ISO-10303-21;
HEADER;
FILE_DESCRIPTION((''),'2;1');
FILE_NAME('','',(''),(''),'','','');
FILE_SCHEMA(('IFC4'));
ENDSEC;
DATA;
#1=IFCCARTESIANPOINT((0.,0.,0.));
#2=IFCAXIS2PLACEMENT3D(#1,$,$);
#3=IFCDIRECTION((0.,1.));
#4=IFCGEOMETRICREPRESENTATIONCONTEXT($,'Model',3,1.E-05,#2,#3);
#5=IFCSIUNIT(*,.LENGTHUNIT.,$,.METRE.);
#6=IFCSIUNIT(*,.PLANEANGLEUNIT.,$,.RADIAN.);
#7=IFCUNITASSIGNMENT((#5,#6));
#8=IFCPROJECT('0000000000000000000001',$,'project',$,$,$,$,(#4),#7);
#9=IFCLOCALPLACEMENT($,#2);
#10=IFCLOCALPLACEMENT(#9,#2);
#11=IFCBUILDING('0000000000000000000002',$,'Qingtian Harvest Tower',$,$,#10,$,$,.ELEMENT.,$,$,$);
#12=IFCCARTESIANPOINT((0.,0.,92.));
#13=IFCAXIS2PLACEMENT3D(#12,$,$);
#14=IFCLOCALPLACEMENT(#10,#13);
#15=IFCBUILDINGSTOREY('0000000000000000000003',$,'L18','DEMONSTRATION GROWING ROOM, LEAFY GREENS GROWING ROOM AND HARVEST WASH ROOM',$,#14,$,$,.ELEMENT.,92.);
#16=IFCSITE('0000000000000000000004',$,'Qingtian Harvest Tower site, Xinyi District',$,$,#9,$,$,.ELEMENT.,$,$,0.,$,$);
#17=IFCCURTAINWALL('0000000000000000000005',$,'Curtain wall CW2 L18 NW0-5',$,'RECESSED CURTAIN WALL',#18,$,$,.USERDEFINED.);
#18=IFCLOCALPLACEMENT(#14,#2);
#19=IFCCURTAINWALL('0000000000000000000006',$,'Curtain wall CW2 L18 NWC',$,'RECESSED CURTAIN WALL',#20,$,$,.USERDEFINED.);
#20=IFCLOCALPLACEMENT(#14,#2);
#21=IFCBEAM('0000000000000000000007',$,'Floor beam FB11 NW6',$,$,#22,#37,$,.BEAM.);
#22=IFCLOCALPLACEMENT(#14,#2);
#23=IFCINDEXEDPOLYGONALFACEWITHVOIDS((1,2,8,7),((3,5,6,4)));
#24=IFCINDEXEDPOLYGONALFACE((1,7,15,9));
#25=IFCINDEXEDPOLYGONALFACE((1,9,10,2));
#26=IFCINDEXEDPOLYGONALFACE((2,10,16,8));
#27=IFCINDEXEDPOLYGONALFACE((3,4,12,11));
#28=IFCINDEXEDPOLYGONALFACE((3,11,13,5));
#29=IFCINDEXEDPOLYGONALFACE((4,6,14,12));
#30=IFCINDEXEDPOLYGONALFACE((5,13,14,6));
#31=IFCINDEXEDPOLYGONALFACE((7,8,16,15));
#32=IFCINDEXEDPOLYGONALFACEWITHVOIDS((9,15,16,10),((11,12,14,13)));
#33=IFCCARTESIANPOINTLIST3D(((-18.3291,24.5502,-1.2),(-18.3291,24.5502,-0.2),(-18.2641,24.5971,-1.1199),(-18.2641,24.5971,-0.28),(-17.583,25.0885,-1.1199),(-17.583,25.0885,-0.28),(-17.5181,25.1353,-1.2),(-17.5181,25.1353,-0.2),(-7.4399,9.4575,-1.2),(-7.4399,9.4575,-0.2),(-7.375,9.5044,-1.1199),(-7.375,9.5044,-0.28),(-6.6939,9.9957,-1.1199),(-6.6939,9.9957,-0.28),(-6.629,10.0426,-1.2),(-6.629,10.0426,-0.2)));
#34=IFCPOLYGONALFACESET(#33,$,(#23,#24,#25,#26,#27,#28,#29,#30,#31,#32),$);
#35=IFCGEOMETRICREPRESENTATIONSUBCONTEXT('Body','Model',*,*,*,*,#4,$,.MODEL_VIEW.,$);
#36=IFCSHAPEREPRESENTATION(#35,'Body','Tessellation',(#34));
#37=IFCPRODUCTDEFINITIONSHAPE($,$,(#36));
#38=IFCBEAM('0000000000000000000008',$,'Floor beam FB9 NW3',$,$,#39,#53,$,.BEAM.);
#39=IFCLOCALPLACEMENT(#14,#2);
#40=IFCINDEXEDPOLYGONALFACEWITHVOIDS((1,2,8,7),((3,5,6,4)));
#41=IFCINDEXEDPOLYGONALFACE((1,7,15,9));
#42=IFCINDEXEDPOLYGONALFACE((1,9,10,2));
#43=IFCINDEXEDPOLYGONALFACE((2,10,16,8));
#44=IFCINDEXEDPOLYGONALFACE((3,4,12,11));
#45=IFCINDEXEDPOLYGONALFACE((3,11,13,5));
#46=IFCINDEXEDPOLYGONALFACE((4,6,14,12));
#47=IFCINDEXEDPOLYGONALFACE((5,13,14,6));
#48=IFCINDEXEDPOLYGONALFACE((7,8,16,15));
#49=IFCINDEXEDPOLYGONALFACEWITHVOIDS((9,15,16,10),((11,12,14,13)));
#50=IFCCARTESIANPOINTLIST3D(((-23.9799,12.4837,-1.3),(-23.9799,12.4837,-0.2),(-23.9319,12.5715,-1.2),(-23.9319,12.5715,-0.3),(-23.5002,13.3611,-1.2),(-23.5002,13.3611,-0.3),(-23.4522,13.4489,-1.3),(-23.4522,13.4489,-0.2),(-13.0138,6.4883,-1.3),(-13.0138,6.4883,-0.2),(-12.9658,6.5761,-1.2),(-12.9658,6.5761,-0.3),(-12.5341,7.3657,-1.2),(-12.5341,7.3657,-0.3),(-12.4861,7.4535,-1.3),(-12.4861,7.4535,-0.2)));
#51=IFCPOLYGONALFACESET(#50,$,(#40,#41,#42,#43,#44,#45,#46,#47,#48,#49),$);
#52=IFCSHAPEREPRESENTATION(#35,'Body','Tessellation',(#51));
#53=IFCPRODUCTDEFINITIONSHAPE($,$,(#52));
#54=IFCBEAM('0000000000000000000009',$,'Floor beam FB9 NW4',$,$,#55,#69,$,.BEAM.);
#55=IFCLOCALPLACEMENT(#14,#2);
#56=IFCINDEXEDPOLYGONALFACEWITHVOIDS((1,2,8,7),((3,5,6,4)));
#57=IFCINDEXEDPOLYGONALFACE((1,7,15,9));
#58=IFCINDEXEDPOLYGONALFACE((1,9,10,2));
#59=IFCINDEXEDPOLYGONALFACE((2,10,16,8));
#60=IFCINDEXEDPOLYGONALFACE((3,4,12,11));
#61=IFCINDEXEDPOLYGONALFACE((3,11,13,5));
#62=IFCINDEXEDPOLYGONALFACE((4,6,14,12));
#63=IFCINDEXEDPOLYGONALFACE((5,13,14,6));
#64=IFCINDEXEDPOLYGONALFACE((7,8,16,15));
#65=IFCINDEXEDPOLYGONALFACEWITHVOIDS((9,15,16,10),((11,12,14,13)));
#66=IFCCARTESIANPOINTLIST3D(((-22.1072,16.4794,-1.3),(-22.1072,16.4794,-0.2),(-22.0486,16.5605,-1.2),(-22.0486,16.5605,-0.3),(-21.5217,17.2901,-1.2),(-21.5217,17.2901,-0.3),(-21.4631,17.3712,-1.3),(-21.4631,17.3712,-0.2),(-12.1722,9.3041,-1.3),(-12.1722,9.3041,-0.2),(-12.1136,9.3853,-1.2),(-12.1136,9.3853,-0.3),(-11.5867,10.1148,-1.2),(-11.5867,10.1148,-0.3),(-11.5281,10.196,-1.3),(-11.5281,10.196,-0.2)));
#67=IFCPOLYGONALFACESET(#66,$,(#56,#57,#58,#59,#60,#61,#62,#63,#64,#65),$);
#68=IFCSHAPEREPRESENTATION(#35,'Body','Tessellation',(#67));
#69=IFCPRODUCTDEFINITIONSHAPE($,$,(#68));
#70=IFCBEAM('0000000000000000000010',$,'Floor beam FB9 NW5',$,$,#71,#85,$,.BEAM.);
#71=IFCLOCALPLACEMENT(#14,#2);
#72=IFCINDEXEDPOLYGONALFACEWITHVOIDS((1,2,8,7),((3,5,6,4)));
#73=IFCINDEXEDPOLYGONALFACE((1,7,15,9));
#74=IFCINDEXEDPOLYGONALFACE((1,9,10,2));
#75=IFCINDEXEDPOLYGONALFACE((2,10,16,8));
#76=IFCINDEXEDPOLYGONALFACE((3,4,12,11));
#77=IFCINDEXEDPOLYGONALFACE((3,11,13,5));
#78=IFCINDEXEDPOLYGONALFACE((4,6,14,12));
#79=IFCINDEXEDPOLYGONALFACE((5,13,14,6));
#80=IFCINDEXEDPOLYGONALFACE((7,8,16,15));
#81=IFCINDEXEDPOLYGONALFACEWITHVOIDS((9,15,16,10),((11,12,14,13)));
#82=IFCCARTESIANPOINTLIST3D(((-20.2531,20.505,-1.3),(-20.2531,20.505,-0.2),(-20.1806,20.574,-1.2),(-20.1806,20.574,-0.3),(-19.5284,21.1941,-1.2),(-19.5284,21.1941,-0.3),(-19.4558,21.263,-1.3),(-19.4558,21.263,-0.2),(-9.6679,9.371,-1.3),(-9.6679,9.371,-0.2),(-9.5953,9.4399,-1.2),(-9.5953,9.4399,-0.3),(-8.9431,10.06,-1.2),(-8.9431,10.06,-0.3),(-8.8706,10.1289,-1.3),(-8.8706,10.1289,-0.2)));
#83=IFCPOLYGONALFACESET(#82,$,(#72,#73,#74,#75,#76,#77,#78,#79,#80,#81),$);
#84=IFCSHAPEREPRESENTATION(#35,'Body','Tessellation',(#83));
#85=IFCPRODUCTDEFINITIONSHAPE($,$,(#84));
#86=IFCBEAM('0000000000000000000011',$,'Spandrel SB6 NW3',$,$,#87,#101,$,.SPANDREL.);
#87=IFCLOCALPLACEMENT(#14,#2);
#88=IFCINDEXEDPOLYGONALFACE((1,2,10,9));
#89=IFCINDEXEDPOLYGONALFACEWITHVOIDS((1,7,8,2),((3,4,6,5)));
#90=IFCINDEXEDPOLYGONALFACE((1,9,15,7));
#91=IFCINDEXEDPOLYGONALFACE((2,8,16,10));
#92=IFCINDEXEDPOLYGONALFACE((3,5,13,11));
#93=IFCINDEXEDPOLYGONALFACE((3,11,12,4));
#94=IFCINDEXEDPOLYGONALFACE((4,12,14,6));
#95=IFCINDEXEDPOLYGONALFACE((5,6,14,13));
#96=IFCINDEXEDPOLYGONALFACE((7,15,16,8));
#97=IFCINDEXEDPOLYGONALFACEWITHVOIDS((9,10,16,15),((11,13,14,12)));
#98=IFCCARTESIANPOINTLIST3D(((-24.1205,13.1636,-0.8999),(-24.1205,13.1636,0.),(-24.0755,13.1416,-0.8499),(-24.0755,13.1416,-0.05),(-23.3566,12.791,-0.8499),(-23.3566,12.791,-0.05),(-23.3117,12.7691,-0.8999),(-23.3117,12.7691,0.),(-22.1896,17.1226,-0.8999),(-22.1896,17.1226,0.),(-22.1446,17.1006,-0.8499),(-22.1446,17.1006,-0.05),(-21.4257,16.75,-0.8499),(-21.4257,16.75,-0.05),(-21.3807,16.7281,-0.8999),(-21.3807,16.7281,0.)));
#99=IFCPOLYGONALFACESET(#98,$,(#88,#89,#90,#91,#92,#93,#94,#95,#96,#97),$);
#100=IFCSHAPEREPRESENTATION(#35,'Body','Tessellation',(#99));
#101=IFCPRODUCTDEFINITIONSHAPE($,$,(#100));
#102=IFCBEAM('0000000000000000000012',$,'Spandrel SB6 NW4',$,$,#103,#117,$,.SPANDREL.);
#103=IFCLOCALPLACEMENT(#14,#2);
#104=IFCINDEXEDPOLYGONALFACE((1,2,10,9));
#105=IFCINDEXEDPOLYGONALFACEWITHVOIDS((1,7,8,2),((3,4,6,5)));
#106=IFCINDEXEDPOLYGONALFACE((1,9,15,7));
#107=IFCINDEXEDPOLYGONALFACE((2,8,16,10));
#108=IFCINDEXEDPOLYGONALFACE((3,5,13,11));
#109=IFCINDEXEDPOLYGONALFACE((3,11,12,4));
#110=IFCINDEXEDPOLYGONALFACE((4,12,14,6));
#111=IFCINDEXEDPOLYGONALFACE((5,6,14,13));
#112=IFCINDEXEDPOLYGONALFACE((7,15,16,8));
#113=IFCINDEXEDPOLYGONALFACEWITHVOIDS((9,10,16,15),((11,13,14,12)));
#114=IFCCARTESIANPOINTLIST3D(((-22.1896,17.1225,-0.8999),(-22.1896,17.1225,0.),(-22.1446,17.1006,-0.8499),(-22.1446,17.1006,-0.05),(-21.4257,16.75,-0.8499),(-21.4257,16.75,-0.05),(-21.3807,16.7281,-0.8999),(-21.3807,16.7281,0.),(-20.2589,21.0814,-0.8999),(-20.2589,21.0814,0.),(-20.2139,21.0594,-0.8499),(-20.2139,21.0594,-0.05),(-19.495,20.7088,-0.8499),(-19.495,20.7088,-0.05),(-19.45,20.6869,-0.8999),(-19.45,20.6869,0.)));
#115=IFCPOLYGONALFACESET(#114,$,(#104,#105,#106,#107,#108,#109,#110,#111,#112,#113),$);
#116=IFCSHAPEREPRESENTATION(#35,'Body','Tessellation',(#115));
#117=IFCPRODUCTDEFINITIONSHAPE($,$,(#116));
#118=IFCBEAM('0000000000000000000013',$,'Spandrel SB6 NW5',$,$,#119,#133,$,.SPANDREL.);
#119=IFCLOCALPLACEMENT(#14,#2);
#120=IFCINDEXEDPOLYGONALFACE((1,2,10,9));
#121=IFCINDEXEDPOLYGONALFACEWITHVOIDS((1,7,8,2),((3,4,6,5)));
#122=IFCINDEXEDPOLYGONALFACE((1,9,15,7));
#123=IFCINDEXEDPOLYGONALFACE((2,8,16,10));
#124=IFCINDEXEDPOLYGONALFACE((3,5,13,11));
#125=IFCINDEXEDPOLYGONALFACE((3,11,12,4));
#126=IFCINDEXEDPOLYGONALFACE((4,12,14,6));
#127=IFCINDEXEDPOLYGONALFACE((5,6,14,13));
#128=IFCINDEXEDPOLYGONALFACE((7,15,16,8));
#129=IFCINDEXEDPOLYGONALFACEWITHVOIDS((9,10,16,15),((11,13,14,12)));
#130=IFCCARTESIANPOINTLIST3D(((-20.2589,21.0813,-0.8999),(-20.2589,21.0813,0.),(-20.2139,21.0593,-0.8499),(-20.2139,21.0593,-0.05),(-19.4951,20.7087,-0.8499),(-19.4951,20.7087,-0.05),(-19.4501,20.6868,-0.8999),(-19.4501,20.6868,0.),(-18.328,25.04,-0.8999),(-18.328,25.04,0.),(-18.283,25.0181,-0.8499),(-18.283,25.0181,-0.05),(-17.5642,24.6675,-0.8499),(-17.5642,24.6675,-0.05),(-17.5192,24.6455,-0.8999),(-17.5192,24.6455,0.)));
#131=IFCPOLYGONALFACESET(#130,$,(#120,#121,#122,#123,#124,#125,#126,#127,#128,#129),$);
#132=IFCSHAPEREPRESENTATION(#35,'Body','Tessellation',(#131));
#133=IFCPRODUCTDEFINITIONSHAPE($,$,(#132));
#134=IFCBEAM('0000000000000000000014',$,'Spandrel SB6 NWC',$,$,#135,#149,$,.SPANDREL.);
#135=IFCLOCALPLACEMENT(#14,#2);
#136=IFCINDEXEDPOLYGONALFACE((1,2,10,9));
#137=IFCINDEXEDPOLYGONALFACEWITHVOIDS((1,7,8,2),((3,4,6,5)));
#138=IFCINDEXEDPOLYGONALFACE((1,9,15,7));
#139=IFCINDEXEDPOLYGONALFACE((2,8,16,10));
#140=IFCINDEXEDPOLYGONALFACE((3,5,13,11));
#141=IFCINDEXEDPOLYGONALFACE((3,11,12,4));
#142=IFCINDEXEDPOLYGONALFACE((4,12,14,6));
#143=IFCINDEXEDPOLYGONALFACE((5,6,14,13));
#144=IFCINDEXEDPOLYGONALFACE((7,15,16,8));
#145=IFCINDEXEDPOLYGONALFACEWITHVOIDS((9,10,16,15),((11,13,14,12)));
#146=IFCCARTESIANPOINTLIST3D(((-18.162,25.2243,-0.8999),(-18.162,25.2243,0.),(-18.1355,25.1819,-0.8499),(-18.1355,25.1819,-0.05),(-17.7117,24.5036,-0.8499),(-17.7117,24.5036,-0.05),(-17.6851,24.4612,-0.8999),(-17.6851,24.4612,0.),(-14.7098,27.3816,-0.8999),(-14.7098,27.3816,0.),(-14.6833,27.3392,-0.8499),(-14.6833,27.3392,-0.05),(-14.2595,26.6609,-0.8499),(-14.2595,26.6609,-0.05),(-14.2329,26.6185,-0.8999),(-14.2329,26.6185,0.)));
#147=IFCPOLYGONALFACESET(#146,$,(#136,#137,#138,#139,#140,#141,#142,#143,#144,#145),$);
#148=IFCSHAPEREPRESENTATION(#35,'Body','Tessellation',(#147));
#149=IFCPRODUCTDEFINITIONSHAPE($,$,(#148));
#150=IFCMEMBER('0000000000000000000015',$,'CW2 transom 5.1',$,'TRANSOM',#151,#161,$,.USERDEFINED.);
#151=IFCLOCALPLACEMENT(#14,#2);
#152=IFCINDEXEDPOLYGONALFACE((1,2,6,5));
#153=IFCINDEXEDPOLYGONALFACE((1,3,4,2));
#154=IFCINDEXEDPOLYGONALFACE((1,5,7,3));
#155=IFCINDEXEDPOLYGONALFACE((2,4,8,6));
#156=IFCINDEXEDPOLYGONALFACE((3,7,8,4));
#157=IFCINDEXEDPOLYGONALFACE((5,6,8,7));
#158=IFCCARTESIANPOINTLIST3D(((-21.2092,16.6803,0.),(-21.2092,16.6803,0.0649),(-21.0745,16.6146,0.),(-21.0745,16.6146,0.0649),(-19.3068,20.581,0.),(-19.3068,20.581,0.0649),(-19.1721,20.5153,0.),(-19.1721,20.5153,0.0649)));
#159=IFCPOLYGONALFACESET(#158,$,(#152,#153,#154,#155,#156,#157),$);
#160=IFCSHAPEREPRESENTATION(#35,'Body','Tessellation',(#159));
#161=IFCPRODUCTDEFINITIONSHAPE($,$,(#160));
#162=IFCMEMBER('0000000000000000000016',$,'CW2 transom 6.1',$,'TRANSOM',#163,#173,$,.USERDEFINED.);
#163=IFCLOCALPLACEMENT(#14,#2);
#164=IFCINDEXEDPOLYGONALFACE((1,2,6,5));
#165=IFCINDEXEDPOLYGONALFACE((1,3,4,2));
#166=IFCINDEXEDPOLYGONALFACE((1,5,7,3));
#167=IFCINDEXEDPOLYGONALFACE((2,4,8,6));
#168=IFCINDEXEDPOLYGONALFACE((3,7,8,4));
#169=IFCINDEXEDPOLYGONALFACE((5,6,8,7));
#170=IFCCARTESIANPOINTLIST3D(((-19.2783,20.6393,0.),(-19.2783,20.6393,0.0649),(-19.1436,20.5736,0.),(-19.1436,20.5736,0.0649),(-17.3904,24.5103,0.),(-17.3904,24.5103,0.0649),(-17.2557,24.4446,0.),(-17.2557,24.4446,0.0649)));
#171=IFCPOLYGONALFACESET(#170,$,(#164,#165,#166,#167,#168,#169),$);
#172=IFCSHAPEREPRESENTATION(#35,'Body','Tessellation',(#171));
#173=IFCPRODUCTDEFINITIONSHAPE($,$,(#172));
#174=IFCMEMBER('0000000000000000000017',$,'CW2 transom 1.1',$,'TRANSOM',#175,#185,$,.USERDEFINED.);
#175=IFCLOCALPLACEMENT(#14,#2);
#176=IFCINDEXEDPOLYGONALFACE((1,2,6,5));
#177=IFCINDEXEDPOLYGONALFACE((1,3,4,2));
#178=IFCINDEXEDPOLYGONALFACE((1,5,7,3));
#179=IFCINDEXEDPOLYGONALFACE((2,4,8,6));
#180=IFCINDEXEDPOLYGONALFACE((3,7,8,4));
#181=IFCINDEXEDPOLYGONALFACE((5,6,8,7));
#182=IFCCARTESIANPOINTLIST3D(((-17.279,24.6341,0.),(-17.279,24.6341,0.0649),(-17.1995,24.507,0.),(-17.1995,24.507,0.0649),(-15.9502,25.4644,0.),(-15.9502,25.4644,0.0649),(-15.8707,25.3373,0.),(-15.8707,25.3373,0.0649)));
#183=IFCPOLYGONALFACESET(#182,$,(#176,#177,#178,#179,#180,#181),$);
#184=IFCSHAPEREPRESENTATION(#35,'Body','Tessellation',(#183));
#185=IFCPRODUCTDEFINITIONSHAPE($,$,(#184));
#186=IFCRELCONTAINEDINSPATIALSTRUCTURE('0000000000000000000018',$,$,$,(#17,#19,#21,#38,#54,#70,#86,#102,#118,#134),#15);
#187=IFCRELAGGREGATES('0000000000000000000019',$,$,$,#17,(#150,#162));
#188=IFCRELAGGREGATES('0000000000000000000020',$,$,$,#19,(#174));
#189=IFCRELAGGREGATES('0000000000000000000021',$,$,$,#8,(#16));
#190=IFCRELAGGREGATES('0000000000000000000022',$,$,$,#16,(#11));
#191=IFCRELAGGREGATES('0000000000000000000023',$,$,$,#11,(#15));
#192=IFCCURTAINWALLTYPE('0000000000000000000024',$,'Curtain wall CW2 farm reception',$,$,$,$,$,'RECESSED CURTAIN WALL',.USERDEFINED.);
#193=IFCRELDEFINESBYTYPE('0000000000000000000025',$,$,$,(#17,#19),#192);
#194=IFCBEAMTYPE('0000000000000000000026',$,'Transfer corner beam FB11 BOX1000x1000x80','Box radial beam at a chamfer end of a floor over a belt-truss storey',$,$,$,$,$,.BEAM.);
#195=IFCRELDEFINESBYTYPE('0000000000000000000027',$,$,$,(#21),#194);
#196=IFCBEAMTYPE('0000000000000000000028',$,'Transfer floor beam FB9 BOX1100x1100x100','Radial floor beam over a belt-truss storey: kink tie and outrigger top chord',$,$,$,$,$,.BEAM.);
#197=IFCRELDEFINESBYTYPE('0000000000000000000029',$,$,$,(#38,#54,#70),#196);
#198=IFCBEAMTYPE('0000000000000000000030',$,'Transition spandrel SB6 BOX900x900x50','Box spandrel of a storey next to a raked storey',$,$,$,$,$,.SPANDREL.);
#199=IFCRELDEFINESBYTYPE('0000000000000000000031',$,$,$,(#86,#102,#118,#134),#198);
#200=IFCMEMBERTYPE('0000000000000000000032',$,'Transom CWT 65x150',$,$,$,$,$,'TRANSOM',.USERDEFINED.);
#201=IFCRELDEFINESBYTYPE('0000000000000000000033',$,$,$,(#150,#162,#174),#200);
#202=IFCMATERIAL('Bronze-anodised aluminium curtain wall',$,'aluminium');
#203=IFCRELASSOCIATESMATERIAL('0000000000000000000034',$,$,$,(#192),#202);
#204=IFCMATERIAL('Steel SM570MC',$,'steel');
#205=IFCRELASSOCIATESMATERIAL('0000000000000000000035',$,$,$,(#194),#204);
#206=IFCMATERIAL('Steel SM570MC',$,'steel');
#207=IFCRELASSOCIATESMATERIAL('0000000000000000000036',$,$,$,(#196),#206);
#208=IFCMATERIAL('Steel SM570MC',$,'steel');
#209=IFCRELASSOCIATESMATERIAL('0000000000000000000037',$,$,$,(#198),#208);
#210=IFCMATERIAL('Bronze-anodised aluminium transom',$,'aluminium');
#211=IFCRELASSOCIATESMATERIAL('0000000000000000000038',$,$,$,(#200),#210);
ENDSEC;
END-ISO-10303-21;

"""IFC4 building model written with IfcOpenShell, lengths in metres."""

from ifc_helpers import new_model, si_unit, direction, frame, origin, origin_2d, place, context, subcontext, project, spatial, rectangle, hollow_rectangle, extrude, material, material_profile, profile_set, type_object, element, aggregate, save


model = new_model("IFC4")

# Units and contexts
model_context = context("Model", 3, precision=1e-05, world=origin(), true_north=direction((0.0, 1.0)))
body_context = subcontext(model_context, "Body", "Model", "MODEL_VIEW")
ifc_project = project(units=[si_unit("LENGTHUNIT", "METRE"), si_unit("PLANEANGLEUNIT", "RADIAN")], contexts=[model_context])

# Site, building, storey
site_placement = place(None, origin())
site = spatial("IfcSite", under=ifc_project, at=site_placement, Name="Qingtian Harvest Tower site, Xinyi District", CompositionType="ELEMENT", RefElevation=0.0)
building_placement = place(site_placement, origin())
building = spatial("IfcBuilding", under=site, at=building_placement, Name="Qingtian Harvest Tower", CompositionType="ELEMENT")
storey_placement = place(building_placement, frame((0.0, 0.0, 92.0)))
storey = spatial("IfcBuildingStorey", under=building, at=storey_placement, Name="L18", Description="DEMONSTRATION GROWING ROOM, LEAFY GREENS GROWING ROOM AND HARVEST WASH ROOM", CompositionType="ELEMENT", Elevation=92.0)

# Curtain walls
ifc_material_1 = material(Name="Bronze-anodised aluminium curtain wall", Category="aluminium")
curtain_wall_type = type_object("IfcCurtainWallType", Name="Curtain wall CW2 farm reception", ElementType="RECESSED CURTAIN WALL", PredefinedType="USERDEFINED", material=ifc_material_1)
curtain_wall_1_placement = place(storey_placement, origin())
curtain_wall_1 = element("IfcCurtainWall", 1, at=curtain_wall_1_placement, inside=storey, type_object=curtain_wall_type, Name="Curtain wall CW2 L18 NW0-5", ObjectType="RECESSED CURTAIN WALL", PredefinedType="USERDEFINED")
curtain_wall_2_placement = place(storey_placement, origin())
curtain_wall_2 = element("IfcCurtainWall", 2, at=curtain_wall_2_placement, inside=storey, type_object=curtain_wall_type, Name="Curtain wall CW2 L18 NWC", ObjectType="RECESSED CURTAIN WALL", PredefinedType="USERDEFINED")

# Beams
ifc_material_2 = material(Name="Steel SM570MC", Category="steel")
ifc_material_profile_1 = material_profile(ifc_material_2, hollow_rectangle(XDim=1.0, YDim=1.0, WallThickness=0.0801, at=origin_2d()), Name="BOX1000x1000x80")
ifc_profile_set_1 = profile_set([ifc_material_profile_1], Name="Steel SM570MC")
beam_type_1 = type_object("IfcBeamType", Name="Transfer corner beam FB11 BOX1000x1000x80", Description="Box radial beam at a chamfer end of a floor over a belt-truss storey", PredefinedType="BEAM", material=ifc_profile_set_1)
beam_1_placement = place(storey_placement, frame((-17.9236, 24.8428, -0.7), z_axis=(0.585096, -0.810964, 0.0), x_axis=(0.810964, 0.585096, 0.0)))
element("IfcBeam", 3, at=beam_1_placement, inside=storey, type_object=beam_type_1, Name="Floor beam FB11 NW6", PredefinedType="BEAM", context=body_context, shape_type="SweptSolid", body=[
    extrude(hollow_rectangle(XDim=1.0, YDim=1.0, WallThickness=0.0801, at=origin_2d()), origin(), (0.0, 0.0, 1.0), 18.6108),
])
ifc_material_3 = material(Name="Steel SM570MC", Category="steel")
ifc_material_profile_2 = material_profile(ifc_material_3, hollow_rectangle(XDim=1.1001, YDim=1.1001, WallThickness=0.1001, at=origin_2d()), Name="BOX1100x1100x100")
ifc_profile_set_2 = profile_set([ifc_material_profile_2], Name="Steel SM570MC")
beam_type_2 = type_object("IfcBeamType", Name="Transfer floor beam FB9 BOX1100x1100x100", Description="Radial floor beam over a belt-truss storey: kink tie and outrigger top chord", PredefinedType="BEAM", material=ifc_profile_set_2)
beam_2_placement = place(storey_placement, frame((-23.7161, 12.9663, -0.75), z_axis=(0.877429, -0.479707, 0.0), x_axis=(0.479707, 0.877429, 0.0)))
element("IfcBeam", 4, at=beam_2_placement, inside=storey, type_object=beam_type_2, Name="Floor beam FB9 NW3", PredefinedType="BEAM", context=body_context, shape_type="SweptSolid", body=[
    extrude(hollow_rectangle(XDim=1.1001, YDim=1.1001, WallThickness=0.1001, at=origin_2d()), origin(), (0.0, 0.0, 1.0), 12.498),
])
beam_3_placement = place(storey_placement, frame((-21.7852, 16.9253, -0.75), z_axis=(0.81068, -0.585489, 0.0), x_axis=(0.585489, 0.81068, 0.0)))
element("IfcBeam", 5, at=beam_3_placement, inside=storey, type_object=beam_type_2, Name="Floor beam FB9 NW4", PredefinedType="BEAM", context=body_context, shape_type="SweptSolid", body=[
    extrude(hollow_rectangle(XDim=1.1001, YDim=1.1001, WallThickness=0.1001, at=origin_2d()), origin(), (0.0, 0.0, 1.0), 12.2551),
])
beam_4_placement = place(storey_placement, frame((-19.8545, 20.884, -0.75), z_axis=(0.689019, -0.724743, 0.0), x_axis=(0.724743, 0.689019, 0.0)))
element("IfcBeam", 6, at=beam_4_placement, inside=storey, type_object=beam_type_2, Name="Floor beam FB9 NW5", PredefinedType="BEAM", context=body_context, shape_type="SweptSolid", body=[
    extrude(hollow_rectangle(XDim=1.1001, YDim=1.1001, WallThickness=0.1001, at=origin_2d()), origin(), (0.0, 0.0, 1.0), 15.3628),
])
ifc_material_4 = material(Name="Steel SM570MC", Category="steel")
ifc_material_profile_3 = material_profile(ifc_material_4, hollow_rectangle(XDim=0.8999, YDim=0.8999, WallThickness=0.05, at=origin_2d()), Name="BOX900x900x50")
ifc_profile_set_3 = profile_set([ifc_material_profile_3], Name="Steel SM570MC")
beam_type_3 = type_object("IfcBeamType", Name="Transition spandrel SB6 BOX900x900x50", Description="Box spandrel of a storey next to a raked storey", PredefinedType="SPANDREL", material=ifc_profile_set_3)
beam_5_placement = place(storey_placement, frame((-23.7161, 12.9663, -0.45), z_axis=(0.438368, 0.898796, 0.0), x_axis=(-0.898796, 0.438368, 0.0)))
element("IfcBeam", 7, at=beam_5_placement, inside=storey, type_object=beam_type_3, Name="Spandrel SB6 NW3", PredefinedType="SPANDREL", context=body_context, shape_type="SweptSolid", body=[
    extrude(hollow_rectangle(XDim=0.8999, YDim=0.8999, WallThickness=0.05, at=origin_2d()), origin(), (0.0, 0.0, 1.0), 4.4048),
])
for number, where, z_axis, x_axis, name in (
    (8, (-21.7852, 16.9253, -0.45), (0.438345, 0.898807, 0.0), (-0.898807, 0.438345, 0.0), "Spandrel SB6 NW4"),
    (9, (-19.8545, 20.884, -0.45), (0.43839, 0.898785, 0.0), (-0.898785, 0.43839, 0.0), "Spandrel SB6 NW5"),
):
    element("IfcBeam", number, at=place(storey_placement, frame(where, z_axis=z_axis, x_axis=x_axis)), inside=storey, type_object=beam_type_3, Name=name, PredefinedType="SPANDREL", context=body_context, shape_type="SweptSolid", body=[
        extrude(hollow_rectangle(XDim=0.8999, YDim=0.8999, WallThickness=0.05, at=origin_2d()), origin(), (0.0, 0.0, 1.0), 4.4045),
    ])
beam_6_placement = place(storey_placement, frame((-17.9236, 24.8428, -0.45), z_axis=(0.848039, 0.529934, 0.0), x_axis=(-0.529934, 0.848039, 0.0)))
element("IfcBeam", 10, at=beam_6_placement, inside=storey, type_object=beam_type_3, Name="Spandrel SB6 NWC", PredefinedType="SPANDREL", context=body_context, shape_type="SweptSolid", body=[
    extrude(hollow_rectangle(XDim=0.8999, YDim=0.8999, WallThickness=0.05, at=origin_2d()), origin(), (0.0, 0.0, 1.0), 4.0708),
])

# Members
ifc_material_5 = material(Name="Bronze-anodised aluminium transom", Category="aluminium")
ifc_material_profile_4 = material_profile(ifc_material_5, rectangle(XDim=0.1499, YDim=0.0649, at=origin_2d()), Name="AL 65x150")
ifc_profile_set_4 = profile_set([ifc_material_profile_4], Name="Bronze-anodised aluminium transom")
member_type_1 = type_object("IfcMemberType", Name="Transom CWT 65x150", ElementType="TRANSOM", PredefinedType="USERDEFINED", material=ifc_profile_set_4)
member_1_placement = place(storey_placement, frame((-21.1418, 16.6475, 0.0325), z_axis=(0.438348, 0.898805, 0.0), x_axis=(-0.898805, 0.438348, 0.0)))
member_1 = element("IfcMember", 11, at=member_1_placement, type_object=member_type_1, Name="CW2 transom 5.1", ObjectType="TRANSOM", PredefinedType="USERDEFINED", context=body_context, shape_type="SweptSolid", body=[
    extrude(rectangle(XDim=0.1499, YDim=0.0649, at=origin_2d()), origin(), (0.0, 0.0, 1.0), 4.3398),
])
member_2_placement = place(storey_placement, frame((-19.2109, 20.6064, 0.0325), z_axis=(0.438349, 0.898805, 0.0), x_axis=(-0.898805, 0.438349, 0.0)))
member_2 = element("IfcMember", 12, at=member_2_placement, type_object=member_type_1, Name="CW2 transom 6.1", ObjectType="TRANSOM", PredefinedType="USERDEFINED", context=body_context, shape_type="SweptSolid", body=[
    extrude(rectangle(XDim=0.1499, YDim=0.0649, at=origin_2d()), origin(), (0.0, 0.0, 1.0), 4.3069),
])
member_3_placement = place(storey_placement, frame((-17.2393, 24.5706, 0.0325), z_axis=(0.84806, 0.529901, 0.0), x_axis=(-0.529901, 0.84806, 0.0)))
member_3 = element("IfcMember", 13, at=member_3_placement, type_object=member_type_1, Name="CW2 transom 1.1", ObjectType="TRANSOM", PredefinedType="USERDEFINED", context=body_context, shape_type="SweptSolid", body=[
    extrude(rectangle(XDim=0.1499, YDim=0.0649, at=origin_2d()), origin(), (0.0, 0.0, 1.0), 1.5669),
])

aggregate(curtain_wall_1, [member_1, member_2])
aggregate(curtain_wall_2, [member_3])

save(model, "model.ifc")
